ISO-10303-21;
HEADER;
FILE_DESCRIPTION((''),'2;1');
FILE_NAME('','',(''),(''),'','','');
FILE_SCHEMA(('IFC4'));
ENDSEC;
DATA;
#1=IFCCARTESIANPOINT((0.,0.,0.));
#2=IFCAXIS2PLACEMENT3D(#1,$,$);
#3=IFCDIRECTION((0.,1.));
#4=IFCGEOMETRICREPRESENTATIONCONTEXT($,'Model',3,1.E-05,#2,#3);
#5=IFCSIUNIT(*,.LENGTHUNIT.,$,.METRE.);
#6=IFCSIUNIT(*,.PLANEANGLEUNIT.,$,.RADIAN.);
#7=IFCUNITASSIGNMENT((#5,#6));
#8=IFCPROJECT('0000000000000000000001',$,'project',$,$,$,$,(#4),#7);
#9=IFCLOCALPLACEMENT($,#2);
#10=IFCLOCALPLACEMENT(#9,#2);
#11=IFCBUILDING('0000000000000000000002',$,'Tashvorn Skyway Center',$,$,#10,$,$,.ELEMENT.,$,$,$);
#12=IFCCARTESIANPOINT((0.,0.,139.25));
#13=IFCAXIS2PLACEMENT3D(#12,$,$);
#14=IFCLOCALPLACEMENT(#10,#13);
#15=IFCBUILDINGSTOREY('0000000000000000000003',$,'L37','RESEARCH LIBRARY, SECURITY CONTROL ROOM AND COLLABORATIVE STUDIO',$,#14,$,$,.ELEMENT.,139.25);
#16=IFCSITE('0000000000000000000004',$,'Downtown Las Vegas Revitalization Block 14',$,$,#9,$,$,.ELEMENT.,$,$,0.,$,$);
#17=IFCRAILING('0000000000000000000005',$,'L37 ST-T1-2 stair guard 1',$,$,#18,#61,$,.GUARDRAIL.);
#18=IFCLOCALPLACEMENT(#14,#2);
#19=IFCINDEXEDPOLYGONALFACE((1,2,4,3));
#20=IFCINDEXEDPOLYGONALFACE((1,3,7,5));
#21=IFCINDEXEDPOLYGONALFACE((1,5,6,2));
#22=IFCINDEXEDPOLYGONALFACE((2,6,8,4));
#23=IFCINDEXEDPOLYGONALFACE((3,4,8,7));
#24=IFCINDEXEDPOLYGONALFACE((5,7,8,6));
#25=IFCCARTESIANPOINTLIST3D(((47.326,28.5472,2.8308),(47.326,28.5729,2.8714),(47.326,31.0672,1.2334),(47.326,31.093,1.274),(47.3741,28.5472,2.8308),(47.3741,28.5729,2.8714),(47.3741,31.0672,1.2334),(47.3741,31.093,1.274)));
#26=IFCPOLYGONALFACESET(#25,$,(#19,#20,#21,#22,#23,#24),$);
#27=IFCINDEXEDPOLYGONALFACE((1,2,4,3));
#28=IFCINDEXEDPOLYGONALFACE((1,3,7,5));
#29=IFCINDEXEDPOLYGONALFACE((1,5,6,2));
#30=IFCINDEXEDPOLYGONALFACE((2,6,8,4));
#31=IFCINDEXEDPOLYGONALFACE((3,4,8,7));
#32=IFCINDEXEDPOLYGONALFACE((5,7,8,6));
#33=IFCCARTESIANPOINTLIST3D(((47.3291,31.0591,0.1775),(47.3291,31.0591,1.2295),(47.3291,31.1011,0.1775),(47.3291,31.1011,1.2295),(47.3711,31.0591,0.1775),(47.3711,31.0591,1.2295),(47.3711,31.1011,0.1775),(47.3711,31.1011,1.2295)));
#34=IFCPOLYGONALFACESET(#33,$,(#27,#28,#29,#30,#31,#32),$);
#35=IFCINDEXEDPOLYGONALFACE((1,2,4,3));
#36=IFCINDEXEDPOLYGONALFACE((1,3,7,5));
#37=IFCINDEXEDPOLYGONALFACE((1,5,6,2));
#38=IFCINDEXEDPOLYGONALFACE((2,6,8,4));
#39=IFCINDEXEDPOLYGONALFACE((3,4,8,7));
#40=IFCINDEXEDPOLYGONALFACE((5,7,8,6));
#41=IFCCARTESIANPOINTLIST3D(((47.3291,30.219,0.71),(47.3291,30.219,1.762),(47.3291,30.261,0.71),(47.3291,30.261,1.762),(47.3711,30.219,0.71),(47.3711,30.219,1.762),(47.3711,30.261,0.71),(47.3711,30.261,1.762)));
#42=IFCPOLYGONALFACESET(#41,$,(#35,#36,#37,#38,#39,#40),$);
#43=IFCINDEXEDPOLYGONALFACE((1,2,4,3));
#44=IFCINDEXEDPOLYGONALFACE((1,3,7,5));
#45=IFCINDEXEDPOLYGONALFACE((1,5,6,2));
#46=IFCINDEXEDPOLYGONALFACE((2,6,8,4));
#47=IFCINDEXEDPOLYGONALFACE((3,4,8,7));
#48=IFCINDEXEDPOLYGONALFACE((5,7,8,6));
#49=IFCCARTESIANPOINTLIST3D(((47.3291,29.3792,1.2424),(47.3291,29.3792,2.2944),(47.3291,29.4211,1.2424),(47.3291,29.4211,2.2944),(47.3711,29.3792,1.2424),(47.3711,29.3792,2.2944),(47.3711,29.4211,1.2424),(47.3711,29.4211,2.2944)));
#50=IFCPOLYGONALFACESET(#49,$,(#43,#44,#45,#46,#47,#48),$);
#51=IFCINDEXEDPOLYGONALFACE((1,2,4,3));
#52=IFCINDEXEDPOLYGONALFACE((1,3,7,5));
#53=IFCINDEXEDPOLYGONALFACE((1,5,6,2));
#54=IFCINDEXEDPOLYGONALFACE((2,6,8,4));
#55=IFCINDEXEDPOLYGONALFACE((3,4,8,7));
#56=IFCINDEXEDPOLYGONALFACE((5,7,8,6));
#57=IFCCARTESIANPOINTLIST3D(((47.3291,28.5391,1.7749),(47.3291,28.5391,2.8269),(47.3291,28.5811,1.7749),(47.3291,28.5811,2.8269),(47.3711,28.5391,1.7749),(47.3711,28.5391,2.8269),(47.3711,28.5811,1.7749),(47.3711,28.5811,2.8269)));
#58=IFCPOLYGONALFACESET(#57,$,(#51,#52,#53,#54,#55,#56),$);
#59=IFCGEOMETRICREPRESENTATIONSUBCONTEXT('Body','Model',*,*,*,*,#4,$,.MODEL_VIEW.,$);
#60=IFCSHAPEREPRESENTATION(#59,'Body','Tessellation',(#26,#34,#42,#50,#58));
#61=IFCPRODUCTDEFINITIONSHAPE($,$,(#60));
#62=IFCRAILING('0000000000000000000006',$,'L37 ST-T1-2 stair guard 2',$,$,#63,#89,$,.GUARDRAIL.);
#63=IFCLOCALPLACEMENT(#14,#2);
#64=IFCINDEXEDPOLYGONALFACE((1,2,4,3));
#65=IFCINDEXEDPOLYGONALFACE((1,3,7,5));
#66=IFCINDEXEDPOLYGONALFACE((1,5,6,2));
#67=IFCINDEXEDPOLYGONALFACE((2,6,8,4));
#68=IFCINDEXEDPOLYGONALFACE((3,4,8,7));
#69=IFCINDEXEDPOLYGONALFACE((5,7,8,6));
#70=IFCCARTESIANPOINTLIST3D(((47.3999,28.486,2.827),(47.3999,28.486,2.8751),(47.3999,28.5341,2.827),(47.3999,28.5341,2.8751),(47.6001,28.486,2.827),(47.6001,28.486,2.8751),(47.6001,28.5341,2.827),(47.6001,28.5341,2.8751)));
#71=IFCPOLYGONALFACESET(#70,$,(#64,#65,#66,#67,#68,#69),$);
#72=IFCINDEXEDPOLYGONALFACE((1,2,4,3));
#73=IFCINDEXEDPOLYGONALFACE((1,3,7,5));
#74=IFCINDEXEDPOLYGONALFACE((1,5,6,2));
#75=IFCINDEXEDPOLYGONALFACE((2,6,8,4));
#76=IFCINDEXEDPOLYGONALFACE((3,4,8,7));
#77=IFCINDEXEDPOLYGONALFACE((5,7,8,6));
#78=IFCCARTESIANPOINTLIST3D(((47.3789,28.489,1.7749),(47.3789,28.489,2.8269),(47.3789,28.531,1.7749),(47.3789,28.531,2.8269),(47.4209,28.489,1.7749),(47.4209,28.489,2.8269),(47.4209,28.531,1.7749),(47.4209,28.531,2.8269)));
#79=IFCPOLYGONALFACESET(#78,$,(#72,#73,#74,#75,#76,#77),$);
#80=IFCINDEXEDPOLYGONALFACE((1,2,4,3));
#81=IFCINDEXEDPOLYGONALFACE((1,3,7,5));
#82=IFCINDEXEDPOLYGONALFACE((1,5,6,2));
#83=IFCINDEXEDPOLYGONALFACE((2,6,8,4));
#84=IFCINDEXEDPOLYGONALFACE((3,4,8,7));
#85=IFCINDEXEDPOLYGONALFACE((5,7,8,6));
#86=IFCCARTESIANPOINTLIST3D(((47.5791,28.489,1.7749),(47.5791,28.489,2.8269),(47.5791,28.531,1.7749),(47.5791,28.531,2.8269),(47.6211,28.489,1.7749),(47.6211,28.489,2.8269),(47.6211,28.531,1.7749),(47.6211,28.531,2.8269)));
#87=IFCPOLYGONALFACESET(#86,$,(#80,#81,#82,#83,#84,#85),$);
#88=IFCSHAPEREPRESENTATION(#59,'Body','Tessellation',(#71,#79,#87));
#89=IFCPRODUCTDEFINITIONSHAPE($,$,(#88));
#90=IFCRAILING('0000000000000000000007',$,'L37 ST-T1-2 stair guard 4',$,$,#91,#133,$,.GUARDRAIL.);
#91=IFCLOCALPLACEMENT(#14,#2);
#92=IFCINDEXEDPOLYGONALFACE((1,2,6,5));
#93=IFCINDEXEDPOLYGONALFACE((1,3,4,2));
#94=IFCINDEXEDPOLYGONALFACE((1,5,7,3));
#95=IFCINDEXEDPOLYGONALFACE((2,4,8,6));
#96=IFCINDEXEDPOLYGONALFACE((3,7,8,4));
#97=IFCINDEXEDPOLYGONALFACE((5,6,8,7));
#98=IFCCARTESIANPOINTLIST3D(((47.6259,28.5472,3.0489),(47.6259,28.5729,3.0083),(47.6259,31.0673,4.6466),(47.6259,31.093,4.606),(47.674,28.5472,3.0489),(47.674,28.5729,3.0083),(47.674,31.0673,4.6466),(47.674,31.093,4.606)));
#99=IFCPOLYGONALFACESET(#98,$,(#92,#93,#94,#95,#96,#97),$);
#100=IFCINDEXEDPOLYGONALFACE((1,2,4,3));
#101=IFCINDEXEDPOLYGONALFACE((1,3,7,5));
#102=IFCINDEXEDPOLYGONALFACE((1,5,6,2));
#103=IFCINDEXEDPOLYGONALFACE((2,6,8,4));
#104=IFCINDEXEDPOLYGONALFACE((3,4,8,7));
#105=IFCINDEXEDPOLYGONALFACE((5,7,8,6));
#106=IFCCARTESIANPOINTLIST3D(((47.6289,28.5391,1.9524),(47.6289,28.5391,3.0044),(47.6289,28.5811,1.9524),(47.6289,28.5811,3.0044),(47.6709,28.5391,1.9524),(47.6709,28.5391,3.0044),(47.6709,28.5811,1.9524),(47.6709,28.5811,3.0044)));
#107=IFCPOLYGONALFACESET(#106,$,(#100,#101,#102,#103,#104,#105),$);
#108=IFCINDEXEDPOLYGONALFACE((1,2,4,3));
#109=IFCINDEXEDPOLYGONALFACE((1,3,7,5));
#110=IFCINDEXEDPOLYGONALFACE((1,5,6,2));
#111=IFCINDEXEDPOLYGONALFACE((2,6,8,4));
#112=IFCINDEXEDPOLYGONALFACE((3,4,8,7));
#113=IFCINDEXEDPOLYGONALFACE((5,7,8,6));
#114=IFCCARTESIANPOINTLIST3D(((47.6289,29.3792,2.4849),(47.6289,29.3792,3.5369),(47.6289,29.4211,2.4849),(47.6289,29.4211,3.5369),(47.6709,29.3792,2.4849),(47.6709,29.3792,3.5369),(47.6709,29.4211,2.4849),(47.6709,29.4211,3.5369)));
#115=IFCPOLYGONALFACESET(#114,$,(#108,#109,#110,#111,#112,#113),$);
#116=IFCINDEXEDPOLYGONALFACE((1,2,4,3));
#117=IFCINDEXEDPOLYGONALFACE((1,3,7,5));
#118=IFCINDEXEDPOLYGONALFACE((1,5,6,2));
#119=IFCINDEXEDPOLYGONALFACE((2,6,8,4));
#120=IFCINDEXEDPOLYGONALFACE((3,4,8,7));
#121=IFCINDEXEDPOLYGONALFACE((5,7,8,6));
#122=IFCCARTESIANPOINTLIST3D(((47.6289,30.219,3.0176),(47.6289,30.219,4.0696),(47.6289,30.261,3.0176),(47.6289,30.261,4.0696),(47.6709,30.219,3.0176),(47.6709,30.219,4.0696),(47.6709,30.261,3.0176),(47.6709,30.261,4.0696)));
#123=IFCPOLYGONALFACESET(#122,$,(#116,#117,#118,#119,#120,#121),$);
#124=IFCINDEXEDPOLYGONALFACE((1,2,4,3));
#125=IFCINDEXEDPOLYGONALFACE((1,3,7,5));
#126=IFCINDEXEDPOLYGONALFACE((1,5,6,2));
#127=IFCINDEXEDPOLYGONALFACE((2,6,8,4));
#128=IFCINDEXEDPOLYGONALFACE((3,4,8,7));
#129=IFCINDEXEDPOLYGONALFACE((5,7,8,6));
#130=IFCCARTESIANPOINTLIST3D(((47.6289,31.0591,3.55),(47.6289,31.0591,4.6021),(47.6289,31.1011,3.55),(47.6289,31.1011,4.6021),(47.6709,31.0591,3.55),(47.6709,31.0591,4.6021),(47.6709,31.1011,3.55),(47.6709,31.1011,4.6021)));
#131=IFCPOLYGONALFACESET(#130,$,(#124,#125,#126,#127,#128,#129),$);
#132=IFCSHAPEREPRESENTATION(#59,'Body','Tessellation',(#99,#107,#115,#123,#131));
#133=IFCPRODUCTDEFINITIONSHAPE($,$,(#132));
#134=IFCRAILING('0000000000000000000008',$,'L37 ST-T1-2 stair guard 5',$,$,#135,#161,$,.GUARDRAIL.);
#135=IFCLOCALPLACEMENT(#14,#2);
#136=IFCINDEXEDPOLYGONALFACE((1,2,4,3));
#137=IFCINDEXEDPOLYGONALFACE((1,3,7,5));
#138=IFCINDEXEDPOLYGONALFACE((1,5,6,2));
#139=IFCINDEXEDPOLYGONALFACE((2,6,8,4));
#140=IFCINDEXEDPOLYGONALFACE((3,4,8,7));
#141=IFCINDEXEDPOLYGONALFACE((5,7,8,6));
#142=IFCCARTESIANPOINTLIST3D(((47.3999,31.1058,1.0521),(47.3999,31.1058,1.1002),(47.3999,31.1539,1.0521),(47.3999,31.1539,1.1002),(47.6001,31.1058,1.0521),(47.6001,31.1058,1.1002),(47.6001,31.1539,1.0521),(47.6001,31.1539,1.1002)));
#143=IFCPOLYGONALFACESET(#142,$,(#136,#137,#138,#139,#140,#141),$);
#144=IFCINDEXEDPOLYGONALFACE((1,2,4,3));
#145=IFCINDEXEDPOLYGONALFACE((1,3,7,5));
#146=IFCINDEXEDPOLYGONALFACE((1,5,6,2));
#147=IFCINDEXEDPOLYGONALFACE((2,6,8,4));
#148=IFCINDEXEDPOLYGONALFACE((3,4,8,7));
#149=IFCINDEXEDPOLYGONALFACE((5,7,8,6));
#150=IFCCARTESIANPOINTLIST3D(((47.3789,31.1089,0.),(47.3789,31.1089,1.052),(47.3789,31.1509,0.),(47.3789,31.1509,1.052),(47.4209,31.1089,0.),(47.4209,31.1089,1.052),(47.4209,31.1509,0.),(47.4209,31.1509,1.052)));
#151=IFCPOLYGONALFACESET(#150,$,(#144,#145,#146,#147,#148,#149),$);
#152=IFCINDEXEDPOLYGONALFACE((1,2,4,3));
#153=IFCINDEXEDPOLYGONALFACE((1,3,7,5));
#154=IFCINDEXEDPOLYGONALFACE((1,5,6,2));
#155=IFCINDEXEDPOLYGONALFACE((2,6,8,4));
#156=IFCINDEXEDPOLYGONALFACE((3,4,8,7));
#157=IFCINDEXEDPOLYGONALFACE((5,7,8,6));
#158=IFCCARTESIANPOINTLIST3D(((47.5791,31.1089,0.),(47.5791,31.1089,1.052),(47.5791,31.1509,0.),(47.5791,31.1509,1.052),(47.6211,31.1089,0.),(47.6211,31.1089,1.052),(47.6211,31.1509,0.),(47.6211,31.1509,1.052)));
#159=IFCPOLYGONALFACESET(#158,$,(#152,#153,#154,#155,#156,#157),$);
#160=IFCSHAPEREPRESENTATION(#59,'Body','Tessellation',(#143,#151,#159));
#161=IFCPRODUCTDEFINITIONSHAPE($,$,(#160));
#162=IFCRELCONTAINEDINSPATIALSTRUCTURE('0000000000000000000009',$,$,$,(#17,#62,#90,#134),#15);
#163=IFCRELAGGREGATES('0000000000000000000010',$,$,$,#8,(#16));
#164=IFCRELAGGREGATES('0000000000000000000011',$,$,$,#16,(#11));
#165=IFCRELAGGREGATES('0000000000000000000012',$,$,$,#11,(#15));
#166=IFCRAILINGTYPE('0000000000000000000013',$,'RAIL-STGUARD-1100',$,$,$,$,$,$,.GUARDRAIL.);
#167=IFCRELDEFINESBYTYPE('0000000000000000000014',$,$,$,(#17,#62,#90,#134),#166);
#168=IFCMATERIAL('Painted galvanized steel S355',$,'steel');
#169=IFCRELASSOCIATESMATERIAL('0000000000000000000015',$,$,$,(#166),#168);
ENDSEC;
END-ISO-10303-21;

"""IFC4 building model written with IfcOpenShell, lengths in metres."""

from ifc_helpers import new_model, si_unit, direction, frame, origin, origin_2d, place, context, subcontext, project, spatial, rectangle, extrude, material, type_object, element, save


model = new_model("IFC4")

# Units and contexts
model_context = context("Model", 3, precision=1e-05, world=origin(), true_north=direction((0.0, 1.0)))
body_context = subcontext(model_context, "Body", "Model", "MODEL_VIEW")
ifc_project = project(units=[si_unit("LENGTHUNIT", "METRE"), si_unit("PLANEANGLEUNIT", "RADIAN")], contexts=[model_context])

# Site, building, storey
site_placement = place(None, origin())
site = spatial("IfcSite", under=ifc_project, at=site_placement, Name="Downtown Las Vegas Revitalization Block 14", CompositionType="ELEMENT", RefElevation=0.0)
building_placement = place(site_placement, origin())
building = spatial("IfcBuilding", under=site, at=building_placement, Name="Tashvorn Skyway Center", CompositionType="ELEMENT")
storey_placement = place(building_placement, frame((0.0, 0.0, 139.25)))
storey = spatial("IfcBuildingStorey", under=building, at=storey_placement, Name="L37", Description="RESEARCH LIBRARY, SECURITY CONTROL ROOM AND COLLABORATIVE STUDIO", CompositionType="ELEMENT", Elevation=139.25)

# Railings
ifc_material_1 = material(Name="Painted galvanized steel S355", Category="steel")
railing_type_1 = type_object("IfcRailingType", Name="RAIL-STGUARD-1100", PredefinedType="GUARDRAIL", material=ifc_material_1)
railing_1_placement = place(storey_placement, frame((47.3501, 31.0801, 0.1775)))
element("IfcRailing", 1, at=railing_1_placement, inside=storey, type_object=railing_type_1, Name="L37 ST-T1-2 stair guard 1", PredefinedType="GUARDRAIL", context=body_context, shape_type="SweptSolid", body=[
    extrude(rectangle(XDim=0.0481, YDim=0.0481, at=origin_2d()), frame((0.0, 0.0, 1.0762), z_axis=(0.0, -0.844607, 0.535387), x_axis=(1.0, 0.0, 0.0)), (0.0, 0.0, 1.0), 2.9836),
    extrude(rectangle(XDim=0.042, YDim=0.042, at=origin_2d()), origin(), (0.0, 0.0, 1.0), 1.052),
    extrude(rectangle(XDim=0.042, YDim=0.042, at=origin_2d()), frame((0.0, -0.8401, 0.5325)), (0.0, 0.0, 1.0), 1.052),
    extrude(rectangle(XDim=0.042, YDim=0.042, at=origin_2d()), frame((0.0, -1.6799, 1.0649)), (0.0, 0.0, 1.0), 1.052),
    extrude(rectangle(XDim=0.042, YDim=0.042, at=origin_2d()), frame((0.0, -2.52, 1.5974)), (0.0, 0.0, 1.0), 1.052),
])
railing_2_placement = place(storey_placement, frame((47.3999, 28.51, 1.7749)))
element("IfcRailing", 2, at=railing_2_placement, inside=storey, type_object=railing_type_1, Name="L37 ST-T1-2 stair guard 2", PredefinedType="GUARDRAIL", context=body_context, shape_type="SweptSolid", body=[
    extrude(rectangle(XDim=0.0481, YDim=0.0481, at=origin_2d()), frame((0.0, 0.0, 1.0762), z_axis=(1.0, 0.0, 0.0), x_axis=(0.0, 1.0, 0.0)), (0.0, 0.0, 1.0), 0.2002),
    extrude(rectangle(XDim=0.042, YDim=0.042, at=origin_2d()), origin(), (0.0, 0.0, 1.0), 1.052),
    extrude(rectangle(XDim=0.042, YDim=0.042, at=origin_2d()), frame((0.2002, 0.0, 0.0)), (0.0, 0.0, 1.0), 1.052),
])
railing_3_placement = place(storey_placement, frame((47.6499, 28.5601, 1.9524)))
element("IfcRailing", 3, at=railing_3_placement, inside=storey, type_object=railing_type_1, Name="L37 ST-T1-2 stair guard 4", PredefinedType="GUARDRAIL", context=body_context, shape_type="SweptSolid", body=[
    extrude(rectangle(XDim=0.0481, YDim=0.0481, at=origin_2d()), frame((0.0, 0.0, 1.0762), z_axis=(0.0, 0.84457, 0.535445), x_axis=(-1.0, 0.0, 0.0)), (0.0, 0.0, 1.0), 2.9839),
    extrude(rectangle(XDim=0.042, YDim=0.042, at=origin_2d()), origin(), (0.0, 0.0, 1.0), 1.052),
    extrude(rectangle(XDim=0.042, YDim=0.042, at=origin_2d()), frame((0.0, 0.8401, 0.5325)), (0.0, 0.0, 1.0), 1.052),
    extrude(rectangle(XDim=0.042, YDim=0.042, at=origin_2d()), frame((0.0, 1.6799, 1.0652)), (0.0, 0.0, 1.0), 1.052),
    extrude(rectangle(XDim=0.042, YDim=0.042, at=origin_2d()), frame((0.0, 2.52, 1.5977)), (0.0, 0.0, 1.0), 1.052),
])
railing_4_placement = place(storey_placement, frame((47.3999, 31.1299, 0.0)))
element("IfcRailing", 4, at=railing_4_placement, inside=storey, type_object=railing_type_1, Name="L37 ST-T1-2 stair guard 5", PredefinedType="GUARDRAIL", context=body_context, shape_type="SweptSolid", body=[
    extrude(rectangle(XDim=0.0481, YDim=0.0481, at=origin_2d()), frame((0.0, 0.0, 1.0762), z_axis=(1.0, 0.0, 0.0), x_axis=(0.0, 1.0, 0.0)), (0.0, 0.0, 1.0), 0.2002),
    extrude(rectangle(XDim=0.042, YDim=0.042, at=origin_2d()), origin(), (0.0, 0.0, 1.0), 1.052),
    extrude(rectangle(XDim=0.042, YDim=0.042, at=origin_2d()), frame((0.2002, 0.0, 0.0)), (0.0, 0.0, 1.0), 1.052),
])

save(model, "model.ifc")
